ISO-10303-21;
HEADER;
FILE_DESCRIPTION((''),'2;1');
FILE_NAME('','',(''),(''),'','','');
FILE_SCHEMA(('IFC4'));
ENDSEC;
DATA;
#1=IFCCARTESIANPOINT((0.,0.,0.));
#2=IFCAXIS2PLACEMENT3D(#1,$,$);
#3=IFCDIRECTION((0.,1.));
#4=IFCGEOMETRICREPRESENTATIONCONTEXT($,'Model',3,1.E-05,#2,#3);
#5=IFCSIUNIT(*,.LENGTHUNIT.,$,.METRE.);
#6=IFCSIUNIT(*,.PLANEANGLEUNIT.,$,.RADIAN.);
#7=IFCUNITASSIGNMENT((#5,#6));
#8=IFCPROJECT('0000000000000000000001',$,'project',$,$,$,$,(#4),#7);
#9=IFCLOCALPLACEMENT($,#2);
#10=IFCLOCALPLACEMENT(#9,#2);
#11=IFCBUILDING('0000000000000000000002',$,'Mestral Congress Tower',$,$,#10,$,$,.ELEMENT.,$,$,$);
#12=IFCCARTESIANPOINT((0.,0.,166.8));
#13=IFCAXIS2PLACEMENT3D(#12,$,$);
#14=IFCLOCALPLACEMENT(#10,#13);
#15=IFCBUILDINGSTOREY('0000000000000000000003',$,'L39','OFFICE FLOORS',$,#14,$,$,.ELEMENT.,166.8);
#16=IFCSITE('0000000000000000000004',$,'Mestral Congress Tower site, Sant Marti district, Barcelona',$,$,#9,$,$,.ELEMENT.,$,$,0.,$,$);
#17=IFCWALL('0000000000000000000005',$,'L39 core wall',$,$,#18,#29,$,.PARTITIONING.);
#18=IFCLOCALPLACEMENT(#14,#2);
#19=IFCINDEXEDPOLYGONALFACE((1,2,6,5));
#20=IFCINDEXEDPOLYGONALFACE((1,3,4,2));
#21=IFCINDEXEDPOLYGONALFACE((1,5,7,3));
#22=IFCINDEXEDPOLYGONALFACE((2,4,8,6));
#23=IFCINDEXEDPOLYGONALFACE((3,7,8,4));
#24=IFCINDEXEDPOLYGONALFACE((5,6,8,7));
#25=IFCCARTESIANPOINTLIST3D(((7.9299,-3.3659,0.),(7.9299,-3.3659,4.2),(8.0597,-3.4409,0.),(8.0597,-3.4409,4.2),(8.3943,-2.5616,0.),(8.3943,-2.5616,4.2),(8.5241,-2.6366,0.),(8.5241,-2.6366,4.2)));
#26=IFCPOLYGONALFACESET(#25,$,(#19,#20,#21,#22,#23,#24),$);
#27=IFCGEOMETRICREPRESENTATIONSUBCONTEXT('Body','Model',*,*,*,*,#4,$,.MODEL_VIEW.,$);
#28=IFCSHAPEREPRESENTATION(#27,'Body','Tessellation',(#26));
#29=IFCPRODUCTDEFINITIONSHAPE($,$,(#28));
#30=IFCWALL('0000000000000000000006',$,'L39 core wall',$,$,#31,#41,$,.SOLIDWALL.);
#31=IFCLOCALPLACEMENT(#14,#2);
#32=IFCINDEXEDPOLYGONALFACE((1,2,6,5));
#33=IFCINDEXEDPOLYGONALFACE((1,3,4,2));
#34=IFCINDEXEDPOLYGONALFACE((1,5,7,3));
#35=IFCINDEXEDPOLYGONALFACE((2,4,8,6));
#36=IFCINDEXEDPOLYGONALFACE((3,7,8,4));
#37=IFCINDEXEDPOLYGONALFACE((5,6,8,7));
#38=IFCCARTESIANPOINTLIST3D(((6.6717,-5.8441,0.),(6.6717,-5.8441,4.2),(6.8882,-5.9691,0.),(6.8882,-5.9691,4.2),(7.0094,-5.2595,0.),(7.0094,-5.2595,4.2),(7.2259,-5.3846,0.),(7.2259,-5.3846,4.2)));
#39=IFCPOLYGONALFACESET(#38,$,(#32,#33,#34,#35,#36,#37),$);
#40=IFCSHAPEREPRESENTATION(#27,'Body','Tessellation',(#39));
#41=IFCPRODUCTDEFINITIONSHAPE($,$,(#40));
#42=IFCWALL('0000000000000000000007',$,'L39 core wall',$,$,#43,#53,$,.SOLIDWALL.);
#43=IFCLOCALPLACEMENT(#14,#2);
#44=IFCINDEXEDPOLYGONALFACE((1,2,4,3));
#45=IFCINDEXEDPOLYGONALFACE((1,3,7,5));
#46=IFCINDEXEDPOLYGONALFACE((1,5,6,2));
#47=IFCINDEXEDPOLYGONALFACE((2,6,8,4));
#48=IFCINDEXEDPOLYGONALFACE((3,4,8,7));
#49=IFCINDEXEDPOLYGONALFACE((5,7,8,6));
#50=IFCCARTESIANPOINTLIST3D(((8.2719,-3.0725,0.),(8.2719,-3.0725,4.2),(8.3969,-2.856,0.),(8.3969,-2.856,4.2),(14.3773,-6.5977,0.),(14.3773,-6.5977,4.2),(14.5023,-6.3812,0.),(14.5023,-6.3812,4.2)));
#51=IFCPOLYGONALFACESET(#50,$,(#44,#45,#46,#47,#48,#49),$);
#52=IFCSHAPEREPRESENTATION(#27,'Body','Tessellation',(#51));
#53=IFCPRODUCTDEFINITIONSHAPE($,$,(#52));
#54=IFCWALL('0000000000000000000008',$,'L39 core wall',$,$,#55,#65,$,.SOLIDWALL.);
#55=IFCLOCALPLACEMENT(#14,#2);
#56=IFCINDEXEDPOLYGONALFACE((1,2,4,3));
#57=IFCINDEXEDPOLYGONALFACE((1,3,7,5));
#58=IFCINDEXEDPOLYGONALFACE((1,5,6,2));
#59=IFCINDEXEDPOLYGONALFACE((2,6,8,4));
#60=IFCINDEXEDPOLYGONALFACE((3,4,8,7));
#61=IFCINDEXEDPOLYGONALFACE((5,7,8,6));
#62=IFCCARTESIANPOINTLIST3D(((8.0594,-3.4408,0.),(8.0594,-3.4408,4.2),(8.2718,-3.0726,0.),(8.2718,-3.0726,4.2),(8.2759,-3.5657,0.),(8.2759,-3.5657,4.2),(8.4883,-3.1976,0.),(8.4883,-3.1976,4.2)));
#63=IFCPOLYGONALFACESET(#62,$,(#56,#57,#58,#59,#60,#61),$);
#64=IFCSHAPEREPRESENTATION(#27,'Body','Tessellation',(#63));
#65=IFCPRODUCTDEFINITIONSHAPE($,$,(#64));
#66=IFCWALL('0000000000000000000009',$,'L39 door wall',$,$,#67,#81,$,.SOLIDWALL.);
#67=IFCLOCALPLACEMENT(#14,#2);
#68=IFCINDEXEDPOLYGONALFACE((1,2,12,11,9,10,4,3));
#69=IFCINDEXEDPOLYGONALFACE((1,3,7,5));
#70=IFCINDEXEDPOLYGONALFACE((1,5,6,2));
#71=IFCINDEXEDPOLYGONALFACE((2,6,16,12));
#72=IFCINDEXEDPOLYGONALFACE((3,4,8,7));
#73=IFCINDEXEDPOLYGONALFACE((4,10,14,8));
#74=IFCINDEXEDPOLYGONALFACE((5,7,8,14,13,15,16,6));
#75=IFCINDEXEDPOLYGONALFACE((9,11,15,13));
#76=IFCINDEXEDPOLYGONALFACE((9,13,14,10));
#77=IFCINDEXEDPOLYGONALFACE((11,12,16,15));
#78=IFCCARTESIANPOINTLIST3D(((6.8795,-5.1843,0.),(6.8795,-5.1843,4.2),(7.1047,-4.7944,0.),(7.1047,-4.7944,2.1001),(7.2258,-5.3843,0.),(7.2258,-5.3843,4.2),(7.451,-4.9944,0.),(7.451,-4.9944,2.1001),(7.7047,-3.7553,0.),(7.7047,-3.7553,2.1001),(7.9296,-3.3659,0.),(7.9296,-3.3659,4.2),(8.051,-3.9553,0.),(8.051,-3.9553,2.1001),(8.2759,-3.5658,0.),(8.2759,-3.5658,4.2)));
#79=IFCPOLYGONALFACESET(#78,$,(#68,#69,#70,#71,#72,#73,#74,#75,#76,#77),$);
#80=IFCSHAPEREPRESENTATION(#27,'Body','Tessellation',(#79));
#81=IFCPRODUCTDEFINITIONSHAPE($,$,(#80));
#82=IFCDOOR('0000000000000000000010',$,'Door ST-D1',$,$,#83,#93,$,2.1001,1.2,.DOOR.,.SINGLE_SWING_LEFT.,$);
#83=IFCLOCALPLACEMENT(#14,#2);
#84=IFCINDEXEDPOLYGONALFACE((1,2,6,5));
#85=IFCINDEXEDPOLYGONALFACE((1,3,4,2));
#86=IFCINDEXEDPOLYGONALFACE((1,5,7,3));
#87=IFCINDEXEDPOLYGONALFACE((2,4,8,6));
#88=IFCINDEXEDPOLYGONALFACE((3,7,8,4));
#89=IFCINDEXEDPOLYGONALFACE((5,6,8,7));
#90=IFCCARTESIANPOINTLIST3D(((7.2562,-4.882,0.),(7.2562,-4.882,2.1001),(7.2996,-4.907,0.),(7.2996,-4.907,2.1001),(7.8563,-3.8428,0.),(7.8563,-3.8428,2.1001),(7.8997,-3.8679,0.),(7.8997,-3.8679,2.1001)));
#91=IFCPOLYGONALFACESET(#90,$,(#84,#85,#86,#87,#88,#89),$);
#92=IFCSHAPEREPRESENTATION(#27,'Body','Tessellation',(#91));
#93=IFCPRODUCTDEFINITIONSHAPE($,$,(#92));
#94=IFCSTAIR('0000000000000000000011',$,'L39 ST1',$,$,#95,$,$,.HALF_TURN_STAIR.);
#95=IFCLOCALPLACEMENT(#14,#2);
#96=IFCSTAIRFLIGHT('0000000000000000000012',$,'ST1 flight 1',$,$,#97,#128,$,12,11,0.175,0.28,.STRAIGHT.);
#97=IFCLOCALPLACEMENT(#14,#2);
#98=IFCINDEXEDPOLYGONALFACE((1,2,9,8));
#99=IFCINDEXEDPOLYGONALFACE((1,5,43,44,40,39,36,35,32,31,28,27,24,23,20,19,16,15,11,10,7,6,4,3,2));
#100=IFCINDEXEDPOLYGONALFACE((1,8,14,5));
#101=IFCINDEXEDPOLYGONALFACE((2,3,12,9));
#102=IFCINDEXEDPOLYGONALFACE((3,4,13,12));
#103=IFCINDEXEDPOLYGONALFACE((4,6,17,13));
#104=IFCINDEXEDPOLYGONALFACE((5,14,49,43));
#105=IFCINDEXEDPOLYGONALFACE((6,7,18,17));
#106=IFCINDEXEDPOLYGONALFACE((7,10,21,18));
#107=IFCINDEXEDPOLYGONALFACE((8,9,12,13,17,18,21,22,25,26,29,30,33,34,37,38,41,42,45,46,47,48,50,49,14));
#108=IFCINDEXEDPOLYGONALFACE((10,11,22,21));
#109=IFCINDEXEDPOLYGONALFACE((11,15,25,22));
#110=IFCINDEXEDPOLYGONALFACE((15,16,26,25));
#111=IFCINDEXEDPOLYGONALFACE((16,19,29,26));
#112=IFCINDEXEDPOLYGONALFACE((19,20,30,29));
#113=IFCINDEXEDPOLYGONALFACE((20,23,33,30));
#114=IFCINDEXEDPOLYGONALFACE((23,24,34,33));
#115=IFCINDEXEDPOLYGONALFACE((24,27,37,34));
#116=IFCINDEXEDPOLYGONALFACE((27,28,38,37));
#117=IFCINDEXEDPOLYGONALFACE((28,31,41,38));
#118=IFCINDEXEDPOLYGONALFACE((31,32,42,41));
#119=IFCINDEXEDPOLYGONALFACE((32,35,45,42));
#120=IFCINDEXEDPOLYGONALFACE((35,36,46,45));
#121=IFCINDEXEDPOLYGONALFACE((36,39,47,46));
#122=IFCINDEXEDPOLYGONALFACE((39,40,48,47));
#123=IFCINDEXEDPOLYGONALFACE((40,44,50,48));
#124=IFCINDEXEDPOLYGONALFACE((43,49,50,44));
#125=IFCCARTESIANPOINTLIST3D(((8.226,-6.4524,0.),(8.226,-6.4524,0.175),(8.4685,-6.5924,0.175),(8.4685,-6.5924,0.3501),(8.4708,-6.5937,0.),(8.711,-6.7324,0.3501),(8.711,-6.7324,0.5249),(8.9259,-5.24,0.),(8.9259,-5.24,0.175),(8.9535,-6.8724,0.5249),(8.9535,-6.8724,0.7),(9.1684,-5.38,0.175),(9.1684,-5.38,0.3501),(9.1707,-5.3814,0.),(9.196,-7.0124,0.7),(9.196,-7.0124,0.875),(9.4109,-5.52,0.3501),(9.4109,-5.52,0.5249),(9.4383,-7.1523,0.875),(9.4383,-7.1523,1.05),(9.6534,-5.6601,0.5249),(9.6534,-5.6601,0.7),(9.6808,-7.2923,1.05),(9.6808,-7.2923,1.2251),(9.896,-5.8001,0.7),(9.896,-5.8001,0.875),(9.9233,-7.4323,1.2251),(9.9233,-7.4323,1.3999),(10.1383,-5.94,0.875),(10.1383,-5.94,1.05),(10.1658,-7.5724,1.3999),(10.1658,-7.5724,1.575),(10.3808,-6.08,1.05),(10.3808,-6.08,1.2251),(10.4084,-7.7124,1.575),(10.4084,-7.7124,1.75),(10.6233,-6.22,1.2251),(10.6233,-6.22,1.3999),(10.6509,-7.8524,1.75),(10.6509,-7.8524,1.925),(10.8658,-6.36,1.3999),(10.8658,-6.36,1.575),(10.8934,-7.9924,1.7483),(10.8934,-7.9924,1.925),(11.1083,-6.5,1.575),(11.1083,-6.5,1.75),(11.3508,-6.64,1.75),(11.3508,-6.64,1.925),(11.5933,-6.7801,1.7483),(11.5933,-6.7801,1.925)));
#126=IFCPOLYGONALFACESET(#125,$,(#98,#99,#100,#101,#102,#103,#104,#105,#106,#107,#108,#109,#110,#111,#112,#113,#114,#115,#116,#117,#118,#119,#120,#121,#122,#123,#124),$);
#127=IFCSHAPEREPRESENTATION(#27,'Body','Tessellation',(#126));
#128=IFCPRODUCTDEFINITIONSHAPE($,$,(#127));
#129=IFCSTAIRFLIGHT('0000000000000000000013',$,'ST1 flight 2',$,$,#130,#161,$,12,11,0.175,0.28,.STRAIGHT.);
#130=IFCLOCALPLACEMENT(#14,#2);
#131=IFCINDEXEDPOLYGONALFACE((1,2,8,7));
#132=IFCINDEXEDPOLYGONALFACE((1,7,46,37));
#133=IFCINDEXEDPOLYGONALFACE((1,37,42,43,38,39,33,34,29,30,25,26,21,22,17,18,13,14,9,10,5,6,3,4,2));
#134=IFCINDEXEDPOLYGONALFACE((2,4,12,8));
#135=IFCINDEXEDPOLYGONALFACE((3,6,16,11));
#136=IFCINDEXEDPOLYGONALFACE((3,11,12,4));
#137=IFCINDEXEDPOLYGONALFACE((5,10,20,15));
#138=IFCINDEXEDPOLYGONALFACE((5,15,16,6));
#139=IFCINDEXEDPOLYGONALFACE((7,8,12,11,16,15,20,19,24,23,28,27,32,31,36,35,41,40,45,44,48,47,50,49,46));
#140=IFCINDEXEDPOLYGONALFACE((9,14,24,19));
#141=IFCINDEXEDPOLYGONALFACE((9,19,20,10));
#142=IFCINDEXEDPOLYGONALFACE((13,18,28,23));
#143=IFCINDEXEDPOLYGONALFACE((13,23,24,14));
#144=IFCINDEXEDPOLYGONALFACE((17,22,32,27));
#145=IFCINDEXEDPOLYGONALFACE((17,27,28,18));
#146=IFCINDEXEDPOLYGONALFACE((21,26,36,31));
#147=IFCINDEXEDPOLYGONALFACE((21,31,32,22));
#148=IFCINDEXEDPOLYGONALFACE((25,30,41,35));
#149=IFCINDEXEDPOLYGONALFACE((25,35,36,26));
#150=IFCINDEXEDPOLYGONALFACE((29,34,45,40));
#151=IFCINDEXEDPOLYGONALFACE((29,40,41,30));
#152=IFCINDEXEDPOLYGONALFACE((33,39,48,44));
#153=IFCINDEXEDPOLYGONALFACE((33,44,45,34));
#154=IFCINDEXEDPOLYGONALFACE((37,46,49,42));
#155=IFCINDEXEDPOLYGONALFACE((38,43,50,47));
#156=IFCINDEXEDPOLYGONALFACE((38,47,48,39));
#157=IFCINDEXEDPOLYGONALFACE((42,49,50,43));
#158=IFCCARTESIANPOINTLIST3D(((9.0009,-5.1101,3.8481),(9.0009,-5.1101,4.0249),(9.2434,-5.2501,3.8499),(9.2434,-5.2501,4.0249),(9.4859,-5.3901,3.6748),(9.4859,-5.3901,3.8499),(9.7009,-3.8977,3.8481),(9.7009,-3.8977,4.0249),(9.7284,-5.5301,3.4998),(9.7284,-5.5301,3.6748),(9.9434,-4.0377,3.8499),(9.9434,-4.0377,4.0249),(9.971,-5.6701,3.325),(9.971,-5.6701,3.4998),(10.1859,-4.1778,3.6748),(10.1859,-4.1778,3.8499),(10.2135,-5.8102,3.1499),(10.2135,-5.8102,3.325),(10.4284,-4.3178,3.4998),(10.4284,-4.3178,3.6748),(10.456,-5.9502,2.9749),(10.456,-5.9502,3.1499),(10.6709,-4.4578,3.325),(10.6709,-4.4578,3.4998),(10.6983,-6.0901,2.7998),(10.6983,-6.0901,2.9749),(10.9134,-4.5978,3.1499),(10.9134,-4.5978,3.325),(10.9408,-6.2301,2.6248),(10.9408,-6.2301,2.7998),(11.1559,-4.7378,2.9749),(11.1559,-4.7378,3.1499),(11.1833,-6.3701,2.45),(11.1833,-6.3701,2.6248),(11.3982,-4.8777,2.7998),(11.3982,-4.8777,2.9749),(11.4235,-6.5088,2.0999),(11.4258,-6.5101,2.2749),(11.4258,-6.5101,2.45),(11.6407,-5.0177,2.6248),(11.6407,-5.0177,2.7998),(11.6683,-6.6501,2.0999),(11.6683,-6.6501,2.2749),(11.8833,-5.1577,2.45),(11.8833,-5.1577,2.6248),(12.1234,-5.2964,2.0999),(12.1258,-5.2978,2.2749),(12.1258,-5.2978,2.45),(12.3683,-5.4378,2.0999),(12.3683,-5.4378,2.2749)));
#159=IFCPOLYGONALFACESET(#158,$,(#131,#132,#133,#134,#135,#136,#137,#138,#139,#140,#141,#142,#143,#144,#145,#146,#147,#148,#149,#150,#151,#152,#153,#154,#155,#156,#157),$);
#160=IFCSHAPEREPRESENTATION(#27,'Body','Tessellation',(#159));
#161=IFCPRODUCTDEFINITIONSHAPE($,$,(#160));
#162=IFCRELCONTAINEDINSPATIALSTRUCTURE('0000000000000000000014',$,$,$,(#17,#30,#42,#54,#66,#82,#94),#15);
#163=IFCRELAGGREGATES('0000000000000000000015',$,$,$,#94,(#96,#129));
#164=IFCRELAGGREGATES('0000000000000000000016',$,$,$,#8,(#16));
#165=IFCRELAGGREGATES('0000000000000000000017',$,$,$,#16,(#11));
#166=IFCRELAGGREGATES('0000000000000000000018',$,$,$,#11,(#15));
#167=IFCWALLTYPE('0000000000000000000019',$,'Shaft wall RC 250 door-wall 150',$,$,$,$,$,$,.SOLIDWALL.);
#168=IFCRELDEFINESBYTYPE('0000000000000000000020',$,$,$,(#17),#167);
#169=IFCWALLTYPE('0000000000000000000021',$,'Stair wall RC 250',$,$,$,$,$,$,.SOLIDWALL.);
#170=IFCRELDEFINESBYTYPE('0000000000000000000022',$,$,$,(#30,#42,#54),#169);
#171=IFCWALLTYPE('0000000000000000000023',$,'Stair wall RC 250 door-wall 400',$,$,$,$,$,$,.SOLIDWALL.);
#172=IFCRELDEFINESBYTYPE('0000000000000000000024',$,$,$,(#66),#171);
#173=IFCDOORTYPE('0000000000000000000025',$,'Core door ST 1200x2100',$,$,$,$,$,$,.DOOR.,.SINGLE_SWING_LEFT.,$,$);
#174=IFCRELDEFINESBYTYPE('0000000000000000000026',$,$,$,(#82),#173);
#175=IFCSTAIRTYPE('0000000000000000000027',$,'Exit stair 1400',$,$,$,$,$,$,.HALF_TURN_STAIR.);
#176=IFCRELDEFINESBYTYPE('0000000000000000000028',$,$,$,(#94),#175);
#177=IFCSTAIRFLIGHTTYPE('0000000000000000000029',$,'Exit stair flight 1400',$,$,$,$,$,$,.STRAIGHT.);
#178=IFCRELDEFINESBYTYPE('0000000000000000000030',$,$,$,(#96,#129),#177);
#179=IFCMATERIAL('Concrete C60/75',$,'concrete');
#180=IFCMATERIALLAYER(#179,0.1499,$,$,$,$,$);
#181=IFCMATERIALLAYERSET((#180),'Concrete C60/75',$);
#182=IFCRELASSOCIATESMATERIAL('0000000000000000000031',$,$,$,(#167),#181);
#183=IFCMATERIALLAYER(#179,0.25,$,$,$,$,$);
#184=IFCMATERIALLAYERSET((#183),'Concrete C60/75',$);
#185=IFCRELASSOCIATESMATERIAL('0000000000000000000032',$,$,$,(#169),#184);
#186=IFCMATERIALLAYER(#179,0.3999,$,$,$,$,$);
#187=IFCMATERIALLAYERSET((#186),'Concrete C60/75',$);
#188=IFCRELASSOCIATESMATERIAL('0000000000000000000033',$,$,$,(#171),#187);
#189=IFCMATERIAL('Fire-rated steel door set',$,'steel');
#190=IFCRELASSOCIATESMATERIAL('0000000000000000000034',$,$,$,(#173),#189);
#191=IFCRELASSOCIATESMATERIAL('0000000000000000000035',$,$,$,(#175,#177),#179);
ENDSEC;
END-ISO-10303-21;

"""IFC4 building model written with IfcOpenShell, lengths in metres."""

from ifc_helpers import new_model, si_unit, direction, frame, frame_2d, origin, place, context, subcontext, project, spatial, polyline, rectangle, outline, extrude, material, layer, layer_set, type_object, element, fill, aggregate, save


model = new_model("IFC4")

# Units and contexts
model_context = context("Model", 3, precision=1e-05, world=origin(), true_north=direction((0.0, 1.0)))
body_context = subcontext(model_context, "Body", "Model", "MODEL_VIEW")
ifc_project = project(units=[si_unit("LENGTHUNIT", "METRE"), si_unit("PLANEANGLEUNIT", "RADIAN")], contexts=[model_context])

# Site, building, storey
site_placement = place(None, origin())
site = spatial("IfcSite", under=ifc_project, at=site_placement, Name="Mestral Congress Tower site, Sant Marti district, Barcelona", CompositionType="ELEMENT", RefElevation=0.0)
building_placement = place(site_placement, origin())
building = spatial("IfcBuilding", under=site, at=building_placement, Name="Mestral Congress Tower", CompositionType="ELEMENT")
storey_placement = place(building_placement, frame((0.0, 0.0, 166.8)))
storey = spatial("IfcBuildingStorey", under=building, at=storey_placement, Name="L39", Description="OFFICE FLOORS", CompositionType="ELEMENT", Elevation=166.8)

# Shared definitions
ifc_material_1 = material(Name="Fire-rated steel door set", Category="steel")

# Shared definitions
ifc_material_2 = material(Name="Concrete C60/75", Category="concrete")

# Walls
ifc_layer_1 = layer(ifc_material_2, 0.1499)
ifc_layer_set_1 = layer_set([ifc_layer_1], Name="Concrete C60/75")
wall_type_1 = type_object("IfcWallType", Name="Shaft wall RC 250 door-wall 150", PredefinedType="SOLIDWALL", material=ifc_layer_set_1)
wall_1_placement = place(storey_placement, frame((8.4592, -2.5991, 0.0), z_axis=(0.0, 0.0, 1.0), x_axis=(-0.500041, -0.866002, 0.0)))
element("IfcWall", 1, at=wall_1_placement, inside=storey, type_object=wall_type_1, Name="L39 core wall", PredefinedType="PARTITIONING", context=body_context, shape_type="SweptSolid", body=[
    extrude(rectangle(XDim=0.9287, YDim=0.1499, at=frame_2d((0.4644, 0.0))), origin(), (0.0, 0.0, 1.0), 4.2),
])
ifc_layer_2 = layer(ifc_material_2, 0.25)
ifc_layer_set_2 = layer_set([ifc_layer_2], Name="Concrete C60/75")
wall_type_2 = type_object("IfcWallType", Name="Stair wall RC 250", PredefinedType="SOLIDWALL", material=ifc_layer_set_2)
wall_2_placement = place(storey_placement, frame((6.78, -5.9065, 0.0), z_axis=(0.0, 0.0, 1.0), x_axis=(0.500223, 0.865896, 0.0)))
element("IfcWall", 2, at=wall_2_placement, inside=storey, type_object=wall_type_2, Name="L39 core wall", PredefinedType="SOLIDWALL", context=body_context, shape_type="SweptSolid", body=[
    extrude(rectangle(XDim=0.675, YDim=0.25, at=frame_2d((0.3374, 0.0))), origin(), (0.0, 0.0, 1.0), 4.2),
])
wall_3_placement = place(storey_placement, frame((8.3345, -2.9644, 0.0), z_axis=(0.0, 0.0, 1.0), x_axis=(0.866016, -0.500016, 0.0)))
element("IfcWall", 3, at=wall_3_placement, inside=storey, type_object=wall_type_2, Name="L39 core wall", PredefinedType="SOLIDWALL", context=body_context, shape_type="SweptSolid", body=[
    extrude(rectangle(XDim=7.05, YDim=0.25, at=frame_2d((3.5249, 0.0))), origin(), (0.0, 0.0, 1.0), 4.2),
])
wall_4_placement = place(storey_placement, frame((8.1677, -3.5032, 0.0), z_axis=(0.0, 0.0, 1.0), x_axis=(0.499722, 0.866186, 0.0)))
element("IfcWall", 4, at=wall_4_placement, inside=storey, type_object=wall_type_2, Name="L39 core wall", PredefinedType="SOLIDWALL", context=body_context, shape_type="SweptSolid", body=[
    extrude(rectangle(XDim=0.425, YDim=0.25, at=frame_2d((0.2124, 0.0))), origin(), (0.0, 0.0, 1.0), 4.2),
])

# Wall, opening, door
ifc_layer_3 = layer(ifc_material_2, 0.3999)
ifc_layer_set_3 = layer_set([ifc_layer_3], Name="Concrete C60/75")
wall_type_3 = type_object("IfcWallType", Name="Stair wall RC 250 door-wall 400", PredefinedType="SOLIDWALL", material=ifc_layer_set_3)
wall_5_placement = place(storey_placement, frame((7.0527, -5.2842, 0.0), z_axis=(0.0, 0.0, 1.0), x_axis=(0.500078, 0.86598, 0.0)))
wall_5 = element("IfcWall", 5, at=wall_5_placement, inside=storey, type_object=wall_type_3, Name="L39 door wall", PredefinedType="SOLIDWALL", context=body_context, shape_type="SweptSolid", body=[
    extrude(rectangle(XDim=2.0999, YDim=0.3999, at=frame_2d((1.0498, 0.0))), origin(), (0.0, 0.0, 1.0), 4.2),
])
opening_1_placement = place(wall_5_placement, frame((0.45, 0.0, 0.0)))
opening_1 = element("IfcOpeningElement", 6, at=opening_1_placement, cuts=wall_5, PredefinedType="OPENING", context=body_context, shape_type="SweptSolid", body=[
    extrude(rectangle(XDim=1.2, YDim=2.1001, at=frame_2d((0.6001, 1.05))), frame((0.0, 0.21, 0.0), z_axis=(0.0, -1.0, 0.0), x_axis=(1.0, 0.0, 0.0)), (0.0, 0.0, 1.0), 0.4199),
])
door_type_1 = type_object("IfcDoorType", Name="Core door ST 1200x2100", OperationType="SINGLE_SWING_LEFT", PredefinedType="DOOR", material=ifc_material_1)
door_1_placement = place(opening_1_placement, origin())
door_1 = element("IfcDoor", 7, at=door_1_placement, inside=storey, type_object=door_type_1, Name="Door ST-D1", OperationType="SINGLE_SWING_LEFT", OverallHeight=2.1001, OverallWidth=1.2, PredefinedType="DOOR", context=body_context, shape_type="SweptSolid", body=[
    extrude(rectangle(XDim=1.2, YDim=2.1001, at=frame_2d((0.6001, 1.05))), frame((0.0, 0.0249, 0.0), z_axis=(0.0, -1.0, 0.0), x_axis=(1.0, 0.0, 0.0)), (0.0, 0.0, 1.0), 0.05),
])
fill(opening_1, door_1)

# Stair, stair flights
stair_type = type_object("IfcStairType", Name="Exit stair 1400", PredefinedType="HALF_TURN_STAIR", material=ifc_material_2)
stair_placement = place(storey_placement, origin())
stair = element("IfcStair", 8, at=stair_placement, inside=storey, type_object=stair_type, Name="L39 ST1", PredefinedType="HALF_TURN_STAIR")
stair_flight_type = type_object("IfcStairFlightType", Name="Exit stair flight 1400", PredefinedType="STRAIGHT", material=ifc_material_2)
stair_flight_1_placement = place(storey_placement, frame((8.5759, -5.8462, 0.0), z_axis=(0.0, 0.0, 1.0), x_axis=(0.866025, -0.5, 0.0)))
stair_flight_1 = element("IfcStairFlight", 9, at=stair_flight_1_placement, type_object=stair_flight_type, Name="ST1 flight 1", NumberOfRisers=12, NumberOfTreads=11, PredefinedType="STRAIGHT", RiserHeight=0.175, TreadLength=0.28, context=body_context, shape_type="SweptSolid", body=[
    extrude(outline(polyline([(0.0, 0.0), (0.0, 0.175), (0.28, 0.175), (0.28, 0.3501), (0.5601, 0.3501), (0.5601, 0.5249), (0.8401, 0.5249), (0.8401, 0.7), (1.1201, 0.7), (1.1201, 0.875), (1.3999, 0.875), (1.3999, 1.05), (1.6799, 1.05), (1.6799, 1.2251), (1.96, 1.2251), (1.96, 1.3999), (2.24, 1.3999), (2.24, 1.575), (2.52, 1.575), (2.52, 1.75), (2.8, 1.75), (2.8, 1.925), (3.0801, 1.925), (3.0801, 2.1001), (3.0801, 1.7483), (0.2827, 0.0), (0.0, 0.0)])), frame((0.0, 0.7, 0.0), z_axis=(0.0, -1.0, 0.0), x_axis=(1.0, 0.0, 0.0)), (0.0, 0.0, 1.0), 1.3999),
])
stair_flight_2_placement = place(storey_placement, frame((12.0183, -6.0439, 2.0999), z_axis=(0.0, 0.0, 1.0), x_axis=(-0.866025, 0.5, 0.0)))
stair_flight_2 = element("IfcStairFlight", 10, at=stair_flight_2_placement, type_object=stair_flight_type, Name="ST1 flight 2", NumberOfRisers=12, NumberOfTreads=11, PredefinedType="STRAIGHT", RiserHeight=0.175, TreadLength=0.28, context=body_context, shape_type="SweptSolid", body=[
    extrude(outline(polyline([(0.0, 0.0), (0.0, 0.175), (0.28, 0.175), (0.28, 0.3501), (0.5601, 0.3501), (0.5601, 0.5249), (0.8401, 0.5249), (0.8401, 0.7), (1.1201, 0.7), (1.1201, 0.875), (1.3999, 0.875), (1.3999, 1.05), (1.6799, 1.05), (1.6799, 1.2251), (1.96, 1.2251), (1.96, 1.3999), (2.24, 1.3999), (2.24, 1.575), (2.52, 1.575), (2.52, 1.75), (2.8, 1.75), (2.8, 1.925), (3.0801, 1.925), (3.0801, 2.1001), (3.0801, 1.7483), (0.2827, 0.0), (0.0, 0.0)])), frame((0.0, 0.7, 0.0), z_axis=(0.0, -1.0, 0.0), x_axis=(1.0, 0.0, 0.0)), (0.0, 0.0, 1.0), 1.3999),
])
aggregate(stair, [stair_flight_1, stair_flight_2])

save(model, "model.ifc")
